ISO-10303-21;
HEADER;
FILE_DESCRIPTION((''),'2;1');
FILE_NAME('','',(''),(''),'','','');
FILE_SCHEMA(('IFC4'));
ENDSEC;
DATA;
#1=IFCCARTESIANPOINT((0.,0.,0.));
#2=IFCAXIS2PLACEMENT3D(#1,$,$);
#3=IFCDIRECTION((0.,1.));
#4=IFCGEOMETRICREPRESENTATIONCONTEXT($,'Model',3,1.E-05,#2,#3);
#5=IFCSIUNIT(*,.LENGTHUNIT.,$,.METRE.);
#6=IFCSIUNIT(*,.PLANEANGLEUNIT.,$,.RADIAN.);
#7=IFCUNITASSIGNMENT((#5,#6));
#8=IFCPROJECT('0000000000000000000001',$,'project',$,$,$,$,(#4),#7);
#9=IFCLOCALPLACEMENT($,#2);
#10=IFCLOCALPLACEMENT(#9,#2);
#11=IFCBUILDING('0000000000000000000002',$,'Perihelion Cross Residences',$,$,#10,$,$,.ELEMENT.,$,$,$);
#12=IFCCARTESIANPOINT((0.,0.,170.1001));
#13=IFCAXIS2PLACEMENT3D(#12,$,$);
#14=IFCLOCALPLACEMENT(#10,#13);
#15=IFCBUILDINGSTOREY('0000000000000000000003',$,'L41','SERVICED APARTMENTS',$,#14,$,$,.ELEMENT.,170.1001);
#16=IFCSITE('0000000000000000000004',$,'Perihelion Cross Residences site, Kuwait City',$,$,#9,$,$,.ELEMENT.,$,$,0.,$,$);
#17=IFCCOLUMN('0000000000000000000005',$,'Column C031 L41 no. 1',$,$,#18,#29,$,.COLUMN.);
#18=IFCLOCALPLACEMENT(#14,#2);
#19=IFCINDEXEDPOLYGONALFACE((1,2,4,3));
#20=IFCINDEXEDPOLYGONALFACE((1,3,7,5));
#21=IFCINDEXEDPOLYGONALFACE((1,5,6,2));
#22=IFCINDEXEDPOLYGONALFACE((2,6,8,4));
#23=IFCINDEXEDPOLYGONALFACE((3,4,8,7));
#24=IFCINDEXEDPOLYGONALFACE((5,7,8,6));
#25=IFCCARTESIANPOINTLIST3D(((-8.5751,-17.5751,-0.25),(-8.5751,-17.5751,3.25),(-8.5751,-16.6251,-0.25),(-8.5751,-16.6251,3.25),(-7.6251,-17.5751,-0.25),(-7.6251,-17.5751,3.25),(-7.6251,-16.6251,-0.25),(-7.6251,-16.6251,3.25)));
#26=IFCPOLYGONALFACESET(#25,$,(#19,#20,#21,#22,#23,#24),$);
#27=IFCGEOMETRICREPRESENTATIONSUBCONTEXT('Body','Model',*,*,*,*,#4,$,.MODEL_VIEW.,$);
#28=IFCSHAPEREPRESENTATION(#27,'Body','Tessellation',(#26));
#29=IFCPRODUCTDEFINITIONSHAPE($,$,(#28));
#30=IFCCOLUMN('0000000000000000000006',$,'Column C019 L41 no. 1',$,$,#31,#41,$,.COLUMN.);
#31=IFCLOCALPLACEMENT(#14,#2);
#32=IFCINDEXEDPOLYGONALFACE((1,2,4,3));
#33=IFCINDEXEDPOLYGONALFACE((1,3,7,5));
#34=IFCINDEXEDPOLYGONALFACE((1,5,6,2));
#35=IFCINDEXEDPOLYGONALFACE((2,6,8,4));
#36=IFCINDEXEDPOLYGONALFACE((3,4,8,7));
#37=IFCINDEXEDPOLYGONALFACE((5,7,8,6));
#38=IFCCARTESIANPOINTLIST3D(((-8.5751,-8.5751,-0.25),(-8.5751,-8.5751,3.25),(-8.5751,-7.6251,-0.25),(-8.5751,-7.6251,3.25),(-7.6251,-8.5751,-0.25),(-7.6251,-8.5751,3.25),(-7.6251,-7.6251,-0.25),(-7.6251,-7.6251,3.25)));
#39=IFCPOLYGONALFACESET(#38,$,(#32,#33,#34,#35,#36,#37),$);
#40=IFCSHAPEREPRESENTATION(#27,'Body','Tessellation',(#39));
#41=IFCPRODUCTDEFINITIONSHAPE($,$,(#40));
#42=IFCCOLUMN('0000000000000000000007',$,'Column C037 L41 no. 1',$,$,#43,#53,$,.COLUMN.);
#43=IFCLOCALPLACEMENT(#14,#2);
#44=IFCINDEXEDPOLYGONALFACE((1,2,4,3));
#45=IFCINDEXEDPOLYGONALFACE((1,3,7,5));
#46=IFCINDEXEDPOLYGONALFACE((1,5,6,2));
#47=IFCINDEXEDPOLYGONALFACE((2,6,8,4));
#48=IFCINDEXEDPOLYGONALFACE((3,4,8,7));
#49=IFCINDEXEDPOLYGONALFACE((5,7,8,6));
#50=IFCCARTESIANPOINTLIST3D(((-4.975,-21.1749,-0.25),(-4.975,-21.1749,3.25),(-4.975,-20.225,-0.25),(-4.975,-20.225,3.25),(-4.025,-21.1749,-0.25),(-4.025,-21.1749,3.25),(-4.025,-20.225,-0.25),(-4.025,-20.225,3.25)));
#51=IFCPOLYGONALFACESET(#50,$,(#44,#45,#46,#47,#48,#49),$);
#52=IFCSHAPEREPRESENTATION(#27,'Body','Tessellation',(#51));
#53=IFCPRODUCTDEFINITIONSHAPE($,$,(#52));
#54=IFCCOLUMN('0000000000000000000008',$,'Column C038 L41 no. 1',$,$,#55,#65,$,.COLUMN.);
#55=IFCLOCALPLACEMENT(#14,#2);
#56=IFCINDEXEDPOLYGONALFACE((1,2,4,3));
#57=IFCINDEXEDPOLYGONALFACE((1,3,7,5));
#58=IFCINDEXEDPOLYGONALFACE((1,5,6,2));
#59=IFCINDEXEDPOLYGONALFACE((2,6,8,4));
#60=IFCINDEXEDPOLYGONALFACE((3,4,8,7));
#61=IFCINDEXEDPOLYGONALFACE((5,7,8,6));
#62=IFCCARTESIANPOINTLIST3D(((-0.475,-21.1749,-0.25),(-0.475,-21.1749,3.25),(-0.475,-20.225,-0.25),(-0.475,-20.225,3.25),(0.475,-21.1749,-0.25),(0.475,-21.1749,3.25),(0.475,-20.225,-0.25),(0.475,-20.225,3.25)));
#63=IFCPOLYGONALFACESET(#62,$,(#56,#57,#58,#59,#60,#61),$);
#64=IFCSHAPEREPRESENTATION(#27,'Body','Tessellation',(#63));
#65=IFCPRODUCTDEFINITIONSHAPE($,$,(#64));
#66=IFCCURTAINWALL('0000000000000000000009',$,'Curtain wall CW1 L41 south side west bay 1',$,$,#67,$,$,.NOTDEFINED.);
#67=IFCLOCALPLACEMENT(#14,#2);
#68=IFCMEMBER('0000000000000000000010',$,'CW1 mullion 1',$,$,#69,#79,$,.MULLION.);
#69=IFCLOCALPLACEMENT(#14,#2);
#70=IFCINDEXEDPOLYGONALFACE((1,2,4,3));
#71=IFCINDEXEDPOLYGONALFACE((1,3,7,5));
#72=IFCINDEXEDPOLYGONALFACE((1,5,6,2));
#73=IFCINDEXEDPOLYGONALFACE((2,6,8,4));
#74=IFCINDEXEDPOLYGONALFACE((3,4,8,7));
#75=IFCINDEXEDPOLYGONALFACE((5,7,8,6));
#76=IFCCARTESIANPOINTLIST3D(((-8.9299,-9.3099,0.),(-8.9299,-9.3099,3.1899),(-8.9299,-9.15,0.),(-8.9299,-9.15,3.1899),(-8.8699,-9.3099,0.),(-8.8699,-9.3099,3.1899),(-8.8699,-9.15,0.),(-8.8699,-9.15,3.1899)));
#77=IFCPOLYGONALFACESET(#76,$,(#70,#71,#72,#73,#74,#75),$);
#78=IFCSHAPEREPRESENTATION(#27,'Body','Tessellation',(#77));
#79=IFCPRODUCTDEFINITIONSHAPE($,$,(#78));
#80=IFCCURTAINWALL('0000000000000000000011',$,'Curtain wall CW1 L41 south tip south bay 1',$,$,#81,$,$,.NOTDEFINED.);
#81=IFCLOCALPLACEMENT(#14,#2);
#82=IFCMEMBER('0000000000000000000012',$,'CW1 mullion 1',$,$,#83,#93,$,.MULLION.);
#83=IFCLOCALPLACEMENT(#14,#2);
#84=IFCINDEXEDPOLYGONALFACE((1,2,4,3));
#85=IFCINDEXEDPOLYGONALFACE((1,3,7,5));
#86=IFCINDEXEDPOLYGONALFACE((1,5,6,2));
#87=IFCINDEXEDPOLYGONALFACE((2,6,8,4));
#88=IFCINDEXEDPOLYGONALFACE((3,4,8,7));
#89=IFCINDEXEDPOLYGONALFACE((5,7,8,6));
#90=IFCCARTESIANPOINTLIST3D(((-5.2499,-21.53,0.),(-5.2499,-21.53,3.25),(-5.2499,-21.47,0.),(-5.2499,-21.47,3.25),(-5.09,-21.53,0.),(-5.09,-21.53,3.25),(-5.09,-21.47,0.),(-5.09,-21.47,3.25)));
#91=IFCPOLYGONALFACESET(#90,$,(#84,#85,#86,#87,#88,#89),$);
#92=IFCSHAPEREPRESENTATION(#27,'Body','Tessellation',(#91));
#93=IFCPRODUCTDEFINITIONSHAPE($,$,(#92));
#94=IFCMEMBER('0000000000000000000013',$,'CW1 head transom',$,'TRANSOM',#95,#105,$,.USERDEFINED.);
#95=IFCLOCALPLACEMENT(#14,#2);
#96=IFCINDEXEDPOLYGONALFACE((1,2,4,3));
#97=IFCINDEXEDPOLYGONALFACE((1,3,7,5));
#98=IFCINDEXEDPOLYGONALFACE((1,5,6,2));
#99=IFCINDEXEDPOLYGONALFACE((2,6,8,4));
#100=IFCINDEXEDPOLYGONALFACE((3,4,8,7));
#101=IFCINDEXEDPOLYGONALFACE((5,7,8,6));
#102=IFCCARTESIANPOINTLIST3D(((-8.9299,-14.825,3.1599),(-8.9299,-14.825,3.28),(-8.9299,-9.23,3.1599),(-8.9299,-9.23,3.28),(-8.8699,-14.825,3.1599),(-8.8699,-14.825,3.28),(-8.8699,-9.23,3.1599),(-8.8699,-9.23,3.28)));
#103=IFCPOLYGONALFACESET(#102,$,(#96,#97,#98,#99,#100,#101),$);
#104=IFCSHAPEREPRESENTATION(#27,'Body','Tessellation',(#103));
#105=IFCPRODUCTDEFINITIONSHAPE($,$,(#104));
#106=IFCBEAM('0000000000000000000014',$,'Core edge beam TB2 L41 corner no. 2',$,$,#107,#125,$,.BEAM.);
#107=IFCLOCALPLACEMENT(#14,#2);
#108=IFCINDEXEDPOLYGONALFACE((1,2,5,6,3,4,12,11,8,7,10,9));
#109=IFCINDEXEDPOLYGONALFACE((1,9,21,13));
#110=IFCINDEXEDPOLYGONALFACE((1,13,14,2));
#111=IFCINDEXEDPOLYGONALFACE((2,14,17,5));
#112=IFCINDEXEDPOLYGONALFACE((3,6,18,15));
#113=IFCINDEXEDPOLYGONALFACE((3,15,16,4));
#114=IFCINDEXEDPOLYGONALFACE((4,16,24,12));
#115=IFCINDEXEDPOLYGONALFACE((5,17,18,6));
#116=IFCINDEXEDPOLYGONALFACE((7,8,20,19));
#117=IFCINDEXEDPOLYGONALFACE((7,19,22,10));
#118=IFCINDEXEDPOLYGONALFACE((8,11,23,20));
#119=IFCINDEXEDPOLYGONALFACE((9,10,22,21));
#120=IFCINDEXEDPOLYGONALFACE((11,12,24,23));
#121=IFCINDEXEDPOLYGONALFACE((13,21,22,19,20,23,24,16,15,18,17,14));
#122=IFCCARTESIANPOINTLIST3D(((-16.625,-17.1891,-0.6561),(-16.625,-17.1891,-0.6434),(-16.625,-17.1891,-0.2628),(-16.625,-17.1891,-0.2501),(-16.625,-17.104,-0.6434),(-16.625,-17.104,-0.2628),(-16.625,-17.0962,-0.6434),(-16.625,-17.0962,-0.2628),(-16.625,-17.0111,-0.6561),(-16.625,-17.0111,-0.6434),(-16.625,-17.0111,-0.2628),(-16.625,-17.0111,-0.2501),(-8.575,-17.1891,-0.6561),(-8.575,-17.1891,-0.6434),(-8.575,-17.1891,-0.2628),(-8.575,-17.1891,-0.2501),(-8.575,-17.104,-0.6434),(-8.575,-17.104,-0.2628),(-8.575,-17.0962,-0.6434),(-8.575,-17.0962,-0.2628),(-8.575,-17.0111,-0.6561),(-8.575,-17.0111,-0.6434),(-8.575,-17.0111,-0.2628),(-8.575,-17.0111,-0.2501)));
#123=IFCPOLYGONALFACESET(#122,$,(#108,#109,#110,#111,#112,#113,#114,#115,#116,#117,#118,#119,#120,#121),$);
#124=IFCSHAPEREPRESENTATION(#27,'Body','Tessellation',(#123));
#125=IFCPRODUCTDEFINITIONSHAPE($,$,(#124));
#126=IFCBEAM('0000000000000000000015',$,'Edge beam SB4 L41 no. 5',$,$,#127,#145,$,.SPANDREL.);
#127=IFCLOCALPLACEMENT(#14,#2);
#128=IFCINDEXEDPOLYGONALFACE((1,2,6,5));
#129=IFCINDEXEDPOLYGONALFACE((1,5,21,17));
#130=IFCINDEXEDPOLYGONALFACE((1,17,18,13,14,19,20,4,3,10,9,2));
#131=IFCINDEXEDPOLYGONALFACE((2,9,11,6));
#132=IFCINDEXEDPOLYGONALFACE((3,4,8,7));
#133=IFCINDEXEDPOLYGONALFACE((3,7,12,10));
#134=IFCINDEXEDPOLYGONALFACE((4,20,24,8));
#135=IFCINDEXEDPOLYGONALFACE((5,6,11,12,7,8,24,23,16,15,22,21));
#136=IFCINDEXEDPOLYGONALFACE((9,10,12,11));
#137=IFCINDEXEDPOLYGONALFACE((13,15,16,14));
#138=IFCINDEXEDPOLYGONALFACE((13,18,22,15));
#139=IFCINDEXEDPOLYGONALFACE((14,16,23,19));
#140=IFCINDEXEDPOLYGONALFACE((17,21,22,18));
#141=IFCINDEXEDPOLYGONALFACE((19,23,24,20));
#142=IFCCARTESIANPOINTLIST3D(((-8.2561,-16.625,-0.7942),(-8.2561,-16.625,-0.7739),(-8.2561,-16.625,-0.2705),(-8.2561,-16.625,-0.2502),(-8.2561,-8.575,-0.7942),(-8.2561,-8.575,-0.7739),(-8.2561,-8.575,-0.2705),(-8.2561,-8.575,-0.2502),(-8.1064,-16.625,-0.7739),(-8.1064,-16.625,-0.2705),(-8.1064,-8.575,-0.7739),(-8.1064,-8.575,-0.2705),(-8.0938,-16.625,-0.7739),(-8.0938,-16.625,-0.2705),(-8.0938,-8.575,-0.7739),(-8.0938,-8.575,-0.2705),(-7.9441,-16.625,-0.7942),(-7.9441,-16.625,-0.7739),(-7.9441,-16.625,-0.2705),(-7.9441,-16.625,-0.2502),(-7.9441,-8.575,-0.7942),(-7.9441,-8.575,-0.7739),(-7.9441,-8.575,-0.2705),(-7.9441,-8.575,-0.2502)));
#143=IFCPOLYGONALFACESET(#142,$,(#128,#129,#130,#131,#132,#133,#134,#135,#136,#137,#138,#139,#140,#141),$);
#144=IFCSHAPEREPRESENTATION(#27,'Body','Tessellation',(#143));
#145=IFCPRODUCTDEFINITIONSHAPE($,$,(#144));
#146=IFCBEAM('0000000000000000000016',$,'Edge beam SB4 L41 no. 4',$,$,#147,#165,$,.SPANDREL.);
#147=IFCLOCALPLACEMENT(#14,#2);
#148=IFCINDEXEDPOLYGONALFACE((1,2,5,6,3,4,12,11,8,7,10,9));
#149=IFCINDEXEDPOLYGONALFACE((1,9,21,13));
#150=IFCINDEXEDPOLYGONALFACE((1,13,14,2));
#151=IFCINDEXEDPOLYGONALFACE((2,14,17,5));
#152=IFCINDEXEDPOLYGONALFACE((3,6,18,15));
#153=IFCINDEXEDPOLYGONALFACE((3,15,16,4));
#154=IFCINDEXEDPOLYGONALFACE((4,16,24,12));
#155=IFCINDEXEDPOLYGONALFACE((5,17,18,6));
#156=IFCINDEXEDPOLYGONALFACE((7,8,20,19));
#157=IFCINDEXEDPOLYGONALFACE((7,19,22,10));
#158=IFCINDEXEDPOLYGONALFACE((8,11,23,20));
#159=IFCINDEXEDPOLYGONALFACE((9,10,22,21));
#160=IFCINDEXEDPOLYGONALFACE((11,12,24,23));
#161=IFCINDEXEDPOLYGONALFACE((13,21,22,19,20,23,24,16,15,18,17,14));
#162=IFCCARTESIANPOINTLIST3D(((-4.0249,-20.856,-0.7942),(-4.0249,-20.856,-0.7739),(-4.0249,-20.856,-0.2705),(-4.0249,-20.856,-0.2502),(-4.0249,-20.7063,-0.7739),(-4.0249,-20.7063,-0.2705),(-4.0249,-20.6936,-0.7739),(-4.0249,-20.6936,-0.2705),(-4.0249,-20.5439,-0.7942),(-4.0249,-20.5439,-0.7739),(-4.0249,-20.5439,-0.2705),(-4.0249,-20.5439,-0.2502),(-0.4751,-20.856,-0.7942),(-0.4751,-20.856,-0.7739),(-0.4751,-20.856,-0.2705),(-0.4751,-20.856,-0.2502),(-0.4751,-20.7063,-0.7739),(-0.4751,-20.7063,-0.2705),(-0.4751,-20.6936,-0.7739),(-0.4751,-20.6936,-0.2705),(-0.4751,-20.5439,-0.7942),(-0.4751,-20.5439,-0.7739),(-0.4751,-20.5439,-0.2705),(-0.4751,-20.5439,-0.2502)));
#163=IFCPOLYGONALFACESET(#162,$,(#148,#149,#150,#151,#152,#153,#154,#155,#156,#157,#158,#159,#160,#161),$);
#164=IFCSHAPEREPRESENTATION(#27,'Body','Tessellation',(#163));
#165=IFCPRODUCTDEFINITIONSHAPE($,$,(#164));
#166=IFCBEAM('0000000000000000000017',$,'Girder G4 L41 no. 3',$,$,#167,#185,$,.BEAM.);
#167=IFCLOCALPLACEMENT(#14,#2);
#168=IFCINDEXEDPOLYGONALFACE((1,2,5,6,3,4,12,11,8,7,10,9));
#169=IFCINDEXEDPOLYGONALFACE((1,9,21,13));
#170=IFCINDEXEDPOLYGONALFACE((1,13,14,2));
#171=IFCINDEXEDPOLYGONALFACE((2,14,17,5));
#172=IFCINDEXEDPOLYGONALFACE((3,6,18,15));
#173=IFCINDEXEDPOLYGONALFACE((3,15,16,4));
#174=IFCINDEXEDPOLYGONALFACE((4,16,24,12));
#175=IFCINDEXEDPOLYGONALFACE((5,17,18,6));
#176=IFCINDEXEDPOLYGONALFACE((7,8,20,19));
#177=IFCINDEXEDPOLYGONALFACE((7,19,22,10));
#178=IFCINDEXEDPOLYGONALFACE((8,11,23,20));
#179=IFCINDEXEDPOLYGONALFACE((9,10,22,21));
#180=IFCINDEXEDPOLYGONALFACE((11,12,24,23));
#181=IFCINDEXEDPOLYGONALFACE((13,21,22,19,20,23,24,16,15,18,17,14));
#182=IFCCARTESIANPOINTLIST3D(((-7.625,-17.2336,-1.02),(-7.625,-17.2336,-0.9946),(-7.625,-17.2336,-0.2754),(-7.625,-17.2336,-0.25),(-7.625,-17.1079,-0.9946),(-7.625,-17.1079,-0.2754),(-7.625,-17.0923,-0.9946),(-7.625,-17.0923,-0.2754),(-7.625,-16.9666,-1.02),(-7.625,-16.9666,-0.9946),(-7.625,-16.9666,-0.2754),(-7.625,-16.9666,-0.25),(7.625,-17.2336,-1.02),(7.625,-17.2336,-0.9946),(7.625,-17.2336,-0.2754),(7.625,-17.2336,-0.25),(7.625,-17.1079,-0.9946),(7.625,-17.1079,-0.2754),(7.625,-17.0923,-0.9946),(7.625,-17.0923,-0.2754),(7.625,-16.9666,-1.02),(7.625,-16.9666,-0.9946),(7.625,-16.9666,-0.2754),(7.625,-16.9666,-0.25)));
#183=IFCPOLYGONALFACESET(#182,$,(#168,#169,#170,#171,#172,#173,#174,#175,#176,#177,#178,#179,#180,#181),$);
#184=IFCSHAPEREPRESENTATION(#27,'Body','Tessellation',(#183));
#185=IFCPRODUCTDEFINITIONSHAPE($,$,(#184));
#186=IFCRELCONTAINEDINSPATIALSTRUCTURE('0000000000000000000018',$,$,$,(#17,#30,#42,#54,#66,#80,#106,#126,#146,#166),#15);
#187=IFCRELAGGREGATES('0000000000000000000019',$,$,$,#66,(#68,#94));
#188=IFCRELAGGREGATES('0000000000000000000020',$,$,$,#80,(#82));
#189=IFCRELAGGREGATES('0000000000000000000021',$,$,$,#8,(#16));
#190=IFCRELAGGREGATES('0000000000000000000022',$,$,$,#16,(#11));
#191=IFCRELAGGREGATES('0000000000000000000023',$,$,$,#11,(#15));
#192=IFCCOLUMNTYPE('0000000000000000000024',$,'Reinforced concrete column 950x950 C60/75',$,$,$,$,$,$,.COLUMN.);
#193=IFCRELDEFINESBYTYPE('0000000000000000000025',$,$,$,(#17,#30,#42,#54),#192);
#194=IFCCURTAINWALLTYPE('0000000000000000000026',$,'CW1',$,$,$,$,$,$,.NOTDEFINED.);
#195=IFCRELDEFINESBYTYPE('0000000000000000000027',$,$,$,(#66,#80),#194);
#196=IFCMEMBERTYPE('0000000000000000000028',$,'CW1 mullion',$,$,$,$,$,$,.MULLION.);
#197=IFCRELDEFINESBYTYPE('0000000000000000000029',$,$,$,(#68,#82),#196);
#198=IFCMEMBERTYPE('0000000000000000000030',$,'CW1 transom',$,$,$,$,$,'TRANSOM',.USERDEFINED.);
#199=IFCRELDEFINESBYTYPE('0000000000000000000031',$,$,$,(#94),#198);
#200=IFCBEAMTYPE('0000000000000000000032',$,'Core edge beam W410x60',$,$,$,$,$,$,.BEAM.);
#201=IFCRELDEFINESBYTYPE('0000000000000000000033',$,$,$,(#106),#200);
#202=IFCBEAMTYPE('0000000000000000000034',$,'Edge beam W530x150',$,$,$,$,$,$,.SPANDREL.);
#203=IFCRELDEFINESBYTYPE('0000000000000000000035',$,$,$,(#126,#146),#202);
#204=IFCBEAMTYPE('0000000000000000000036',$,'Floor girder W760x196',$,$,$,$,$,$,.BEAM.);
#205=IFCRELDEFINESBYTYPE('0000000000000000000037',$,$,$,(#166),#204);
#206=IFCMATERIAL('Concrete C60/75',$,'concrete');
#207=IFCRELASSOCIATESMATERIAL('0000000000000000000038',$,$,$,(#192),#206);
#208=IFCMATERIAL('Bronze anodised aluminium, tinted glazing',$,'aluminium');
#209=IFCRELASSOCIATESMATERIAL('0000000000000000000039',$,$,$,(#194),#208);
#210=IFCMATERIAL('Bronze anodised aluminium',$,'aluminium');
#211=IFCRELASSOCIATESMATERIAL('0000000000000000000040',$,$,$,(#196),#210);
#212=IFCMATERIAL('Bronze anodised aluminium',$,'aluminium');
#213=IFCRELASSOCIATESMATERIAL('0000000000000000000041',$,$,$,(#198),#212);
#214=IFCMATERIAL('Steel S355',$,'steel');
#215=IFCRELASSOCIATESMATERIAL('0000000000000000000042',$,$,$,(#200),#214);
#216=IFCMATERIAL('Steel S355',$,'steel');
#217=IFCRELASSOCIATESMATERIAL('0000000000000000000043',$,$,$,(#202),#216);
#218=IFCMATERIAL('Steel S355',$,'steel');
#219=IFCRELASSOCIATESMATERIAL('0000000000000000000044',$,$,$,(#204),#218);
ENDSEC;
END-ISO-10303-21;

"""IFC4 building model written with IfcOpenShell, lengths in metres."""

from ifc_helpers import new_model, si_unit, direction, frame, origin, origin_2d, place, context, subcontext, project, spatial, rectangle, i_section, extrude, material, material_profile, profile_set, type_object, element, aggregate, save


model = new_model("IFC4")

# Units and contexts
model_context = context("Model", 3, precision=1e-05, world=origin(), true_north=direction((0.0, 1.0)))
body_context = subcontext(model_context, "Body", "Model", "MODEL_VIEW")
ifc_project = project(units=[si_unit("LENGTHUNIT", "METRE"), si_unit("PLANEANGLEUNIT", "RADIAN")], contexts=[model_context])

# Site, building, storey
site_placement = place(None, origin())
site = spatial("IfcSite", under=ifc_project, at=site_placement, Name="Perihelion Cross Residences site, Kuwait City", CompositionType="ELEMENT", RefElevation=0.0)
building_placement = place(site_placement, origin())
building = spatial("IfcBuilding", under=site, at=building_placement, Name="Perihelion Cross Residences", CompositionType="ELEMENT")
storey_placement = place(building_placement, frame((0.0, 0.0, 170.1001)))
storey = spatial("IfcBuildingStorey", under=building, at=storey_placement, Name="L41", Description="SERVICED APARTMENTS", CompositionType="ELEMENT", Elevation=170.1001)

# Columns
ifc_material_1 = material(Name="Concrete C60/75", Category="concrete")
ifc_material_profile_1 = material_profile(ifc_material_1, rectangle(XDim=0.95, YDim=0.95, at=origin_2d()), Name="RC 950x950")
ifc_profile_set_1 = profile_set([ifc_material_profile_1], Name="Concrete C60/75")
column_type = type_object("IfcColumnType", Name="Reinforced concrete column 950x950 C60/75", PredefinedType="COLUMN", material=ifc_profile_set_1)
for number, where, z_axis, x_axis, name in (
    (1, (-8.1001, -17.1001, -0.25), (0.0, 0.0, 1.0), (1.0, 0.0, 0.0), "Column C031 L41 no. 1"),
    (2, (-8.1001, -8.1001, -0.25), (0.0, 0.0, 1.0), (1.0, 0.0, 0.0), "Column C019 L41 no. 1"),
    (3, (-4.5, -20.7, -0.25), (0.0, 0.0, 1.0), (1.0, 0.0, 0.0), "Column C037 L41 no. 1"),
    (4, (0.0, -20.7, -0.25), (0.0, 0.0, 1.0), (1.0, 0.0, 0.0), "Column C038 L41 no. 1"),
):
    element("IfcColumn", number, at=place(storey_placement, frame(where, z_axis=z_axis, x_axis=x_axis)), inside=storey, type_object=column_type, Name=name, PredefinedType="COLUMN", context=body_context, shape_type="SweptSolid", body=[
        extrude(rectangle(XDim=0.95, YDim=0.95, at=origin_2d()), origin(), (0.0, 0.0, 1.0), 3.5),
    ])

# Curtain walls, members
ifc_material_2 = material(Name="Bronze anodised aluminium, tinted glazing", Category="aluminium")
curtain_wall_type = type_object("IfcCurtainWallType", Name="CW1", PredefinedType="NOTDEFINED", material=ifc_material_2)
curtain_wall_1_placement = place(storey_placement, origin())
curtain_wall_1 = element("IfcCurtainWall", 5, at=curtain_wall_1_placement, inside=storey, type_object=curtain_wall_type, Name="Curtain wall CW1 L41 south side west bay 1", PredefinedType="NOTDEFINED")
ifc_material_3 = material(Name="Bronze anodised aluminium", Category="aluminium")
ifc_material_profile_2 = material_profile(ifc_material_3, rectangle(XDim=0.0601, YDim=0.1599, at=origin_2d()), Name="CW1 mullion")
ifc_profile_set_2 = profile_set([ifc_material_profile_2], Name="Bronze anodised aluminium")
member_type_1 = type_object("IfcMemberType", Name="CW1 mullion", PredefinedType="MULLION", material=ifc_profile_set_2)
member_1_placement = place(storey_placement, frame((-8.8999, -9.23, 0.0), z_axis=(0.0, 0.0, 1.0), x_axis=(1.0, 0.0, 0.0)))
member_1 = element("IfcMember", 6, at=member_1_placement, type_object=member_type_1, Name="CW1 mullion 1", PredefinedType="MULLION", context=body_context, shape_type="SweptSolid", body=[
    extrude(rectangle(XDim=0.0601, YDim=0.1599, at=origin_2d()), origin(), (0.0, 0.0, 1.0), 3.1899),
])
curtain_wall_2_placement = place(storey_placement, origin())
curtain_wall_2 = element("IfcCurtainWall", 7, at=curtain_wall_2_placement, inside=storey, type_object=curtain_wall_type, Name="Curtain wall CW1 L41 south tip south bay 1", PredefinedType="NOTDEFINED")
member_2_placement = place(storey_placement, frame((-5.1699, -21.5, 0.0), z_axis=(0.0, 0.0, 1.0), x_axis=(0.0, 1.0, 0.0)))
member_2 = element("IfcMember", 8, at=member_2_placement, type_object=member_type_1, Name="CW1 mullion 1", PredefinedType="MULLION", context=body_context, shape_type="SweptSolid", body=[
    extrude(rectangle(XDim=0.0601, YDim=0.1599, at=origin_2d()), origin(), (0.0, 0.0, 1.0), 3.25),
])

# Member
ifc_material_4 = material(Name="Bronze anodised aluminium", Category="aluminium")
ifc_material_profile_3 = material_profile(ifc_material_4, rectangle(XDim=0.0601, YDim=0.1201, at=origin_2d()), Name="CW1 transom")
ifc_profile_set_3 = profile_set([ifc_material_profile_3], Name="Bronze anodised aluminium")
member_type_2 = type_object("IfcMemberType", Name="CW1 transom", ElementType="TRANSOM", PredefinedType="USERDEFINED", material=ifc_profile_set_3)
member_3_placement = place(storey_placement, frame((-8.8999, -9.23, 3.22), z_axis=(0.0, -1.0, 0.0), x_axis=(1.0, 0.0, 0.0)))
member_3 = element("IfcMember", 9, at=member_3_placement, type_object=member_type_2, Name="CW1 head transom", ObjectType="TRANSOM", PredefinedType="USERDEFINED", context=body_context, shape_type="SweptSolid", body=[
    extrude(rectangle(XDim=0.0601, YDim=0.1201, at=origin_2d()), origin(), (0.0, 0.0, 1.0), 5.595),
])
aggregate(curtain_wall_1, [member_1, member_3])

# Beams
ifc_material_5 = material(Name="Steel S355", Category="steel")
ifc_material_profile_4 = material_profile(ifc_material_5, i_section(OverallWidth=0.178, OverallDepth=0.406, WebThickness=0.0078, FlangeThickness=0.0127, at=origin_2d()), Name="W410x60")
ifc_profile_set_4 = profile_set([ifc_material_profile_4], Name="Steel S355")
beam_type_1 = type_object("IfcBeamType", Name="Core edge beam W410x60", PredefinedType="BEAM", material=ifc_profile_set_4)
beam_1_placement = place(storey_placement, frame((-8.575, -17.1001, -0.4531), z_axis=(-1.0, 0.0, 0.0), x_axis=(0.0, -1.0, 0.0)))
element("IfcBeam", 10, at=beam_1_placement, inside=storey, type_object=beam_type_1, Name="Core edge beam TB2 L41 corner no. 2", PredefinedType="BEAM", context=body_context, shape_type="SweptSolid", body=[
    extrude(i_section(OverallWidth=0.178, OverallDepth=0.406, WebThickness=0.0078, FlangeThickness=0.0127, at=origin_2d()), origin(), (0.0, 0.0, 1.0), 8.05),
])
ifc_material_6 = material(Name="Steel S355", Category="steel")
ifc_material_profile_5 = material_profile(ifc_material_6, i_section(OverallWidth=0.312, OverallDepth=0.5439, WebThickness=0.0127, FlangeThickness=0.0203, at=origin_2d()), Name="W530x150")
ifc_profile_set_5 = profile_set([ifc_material_profile_5], Name="Steel S355")
beam_type_2 = type_object("IfcBeamType", Name="Edge beam W530x150", PredefinedType="SPANDREL", material=ifc_profile_set_5)
beam_2_placement = place(storey_placement, frame((-8.1001, -8.575, -0.5222), z_axis=(0.0, -1.0, 0.0), x_axis=(1.0, 0.0, 0.0)))
element("IfcBeam", 11, at=beam_2_placement, inside=storey, type_object=beam_type_2, Name="Edge beam SB4 L41 no. 5", PredefinedType="SPANDREL", context=body_context, shape_type="SweptSolid", body=[
    extrude(i_section(OverallWidth=0.312, OverallDepth=0.5439, WebThickness=0.0127, FlangeThickness=0.0203, at=origin_2d()), origin(), (0.0, 0.0, 1.0), 8.05),
])
beam_3_placement = place(storey_placement, frame((-4.0249, -20.7, -0.5222), z_axis=(1.0, 0.0, 0.0), x_axis=(0.0, 1.0, 0.0)))
element("IfcBeam", 12, at=beam_3_placement, inside=storey, type_object=beam_type_2, Name="Edge beam SB4 L41 no. 4", PredefinedType="SPANDREL", context=body_context, shape_type="SweptSolid", body=[
    extrude(i_section(OverallWidth=0.312, OverallDepth=0.5439, WebThickness=0.0127, FlangeThickness=0.0203, at=origin_2d()), origin(), (0.0, 0.0, 1.0), 3.5498),
])
ifc_material_7 = material(Name="Steel S355", Category="steel")
ifc_material_profile_6 = material_profile(ifc_material_7, i_section(OverallWidth=0.2671, OverallDepth=0.77, WebThickness=0.0156, FlangeThickness=0.0254, at=origin_2d()), Name="W760x196")
ifc_profile_set_6 = profile_set([ifc_material_profile_6], Name="Steel S355")
beam_type_3 = type_object("IfcBeamType", Name="Floor girder W760x196", PredefinedType="BEAM", material=ifc_profile_set_6)
beam_4_placement = place(storey_placement, frame((-7.625, -17.1001, -0.635), z_axis=(1.0, 0.0, 0.0), x_axis=(0.0, 1.0, 0.0)))
element("IfcBeam", 13, at=beam_4_placement, inside=storey, type_object=beam_type_3, Name="Girder G4 L41 no. 3", PredefinedType="BEAM", context=body_context, shape_type="SweptSolid", body=[
    extrude(i_section(OverallWidth=0.2671, OverallDepth=0.77, WebThickness=0.0156, FlangeThickness=0.0254, at=origin_2d()), origin(), (0.0, 0.0, 1.0), 15.25),
])

aggregate(curtain_wall_2, [member_2])

save(model, "model.ifc")
